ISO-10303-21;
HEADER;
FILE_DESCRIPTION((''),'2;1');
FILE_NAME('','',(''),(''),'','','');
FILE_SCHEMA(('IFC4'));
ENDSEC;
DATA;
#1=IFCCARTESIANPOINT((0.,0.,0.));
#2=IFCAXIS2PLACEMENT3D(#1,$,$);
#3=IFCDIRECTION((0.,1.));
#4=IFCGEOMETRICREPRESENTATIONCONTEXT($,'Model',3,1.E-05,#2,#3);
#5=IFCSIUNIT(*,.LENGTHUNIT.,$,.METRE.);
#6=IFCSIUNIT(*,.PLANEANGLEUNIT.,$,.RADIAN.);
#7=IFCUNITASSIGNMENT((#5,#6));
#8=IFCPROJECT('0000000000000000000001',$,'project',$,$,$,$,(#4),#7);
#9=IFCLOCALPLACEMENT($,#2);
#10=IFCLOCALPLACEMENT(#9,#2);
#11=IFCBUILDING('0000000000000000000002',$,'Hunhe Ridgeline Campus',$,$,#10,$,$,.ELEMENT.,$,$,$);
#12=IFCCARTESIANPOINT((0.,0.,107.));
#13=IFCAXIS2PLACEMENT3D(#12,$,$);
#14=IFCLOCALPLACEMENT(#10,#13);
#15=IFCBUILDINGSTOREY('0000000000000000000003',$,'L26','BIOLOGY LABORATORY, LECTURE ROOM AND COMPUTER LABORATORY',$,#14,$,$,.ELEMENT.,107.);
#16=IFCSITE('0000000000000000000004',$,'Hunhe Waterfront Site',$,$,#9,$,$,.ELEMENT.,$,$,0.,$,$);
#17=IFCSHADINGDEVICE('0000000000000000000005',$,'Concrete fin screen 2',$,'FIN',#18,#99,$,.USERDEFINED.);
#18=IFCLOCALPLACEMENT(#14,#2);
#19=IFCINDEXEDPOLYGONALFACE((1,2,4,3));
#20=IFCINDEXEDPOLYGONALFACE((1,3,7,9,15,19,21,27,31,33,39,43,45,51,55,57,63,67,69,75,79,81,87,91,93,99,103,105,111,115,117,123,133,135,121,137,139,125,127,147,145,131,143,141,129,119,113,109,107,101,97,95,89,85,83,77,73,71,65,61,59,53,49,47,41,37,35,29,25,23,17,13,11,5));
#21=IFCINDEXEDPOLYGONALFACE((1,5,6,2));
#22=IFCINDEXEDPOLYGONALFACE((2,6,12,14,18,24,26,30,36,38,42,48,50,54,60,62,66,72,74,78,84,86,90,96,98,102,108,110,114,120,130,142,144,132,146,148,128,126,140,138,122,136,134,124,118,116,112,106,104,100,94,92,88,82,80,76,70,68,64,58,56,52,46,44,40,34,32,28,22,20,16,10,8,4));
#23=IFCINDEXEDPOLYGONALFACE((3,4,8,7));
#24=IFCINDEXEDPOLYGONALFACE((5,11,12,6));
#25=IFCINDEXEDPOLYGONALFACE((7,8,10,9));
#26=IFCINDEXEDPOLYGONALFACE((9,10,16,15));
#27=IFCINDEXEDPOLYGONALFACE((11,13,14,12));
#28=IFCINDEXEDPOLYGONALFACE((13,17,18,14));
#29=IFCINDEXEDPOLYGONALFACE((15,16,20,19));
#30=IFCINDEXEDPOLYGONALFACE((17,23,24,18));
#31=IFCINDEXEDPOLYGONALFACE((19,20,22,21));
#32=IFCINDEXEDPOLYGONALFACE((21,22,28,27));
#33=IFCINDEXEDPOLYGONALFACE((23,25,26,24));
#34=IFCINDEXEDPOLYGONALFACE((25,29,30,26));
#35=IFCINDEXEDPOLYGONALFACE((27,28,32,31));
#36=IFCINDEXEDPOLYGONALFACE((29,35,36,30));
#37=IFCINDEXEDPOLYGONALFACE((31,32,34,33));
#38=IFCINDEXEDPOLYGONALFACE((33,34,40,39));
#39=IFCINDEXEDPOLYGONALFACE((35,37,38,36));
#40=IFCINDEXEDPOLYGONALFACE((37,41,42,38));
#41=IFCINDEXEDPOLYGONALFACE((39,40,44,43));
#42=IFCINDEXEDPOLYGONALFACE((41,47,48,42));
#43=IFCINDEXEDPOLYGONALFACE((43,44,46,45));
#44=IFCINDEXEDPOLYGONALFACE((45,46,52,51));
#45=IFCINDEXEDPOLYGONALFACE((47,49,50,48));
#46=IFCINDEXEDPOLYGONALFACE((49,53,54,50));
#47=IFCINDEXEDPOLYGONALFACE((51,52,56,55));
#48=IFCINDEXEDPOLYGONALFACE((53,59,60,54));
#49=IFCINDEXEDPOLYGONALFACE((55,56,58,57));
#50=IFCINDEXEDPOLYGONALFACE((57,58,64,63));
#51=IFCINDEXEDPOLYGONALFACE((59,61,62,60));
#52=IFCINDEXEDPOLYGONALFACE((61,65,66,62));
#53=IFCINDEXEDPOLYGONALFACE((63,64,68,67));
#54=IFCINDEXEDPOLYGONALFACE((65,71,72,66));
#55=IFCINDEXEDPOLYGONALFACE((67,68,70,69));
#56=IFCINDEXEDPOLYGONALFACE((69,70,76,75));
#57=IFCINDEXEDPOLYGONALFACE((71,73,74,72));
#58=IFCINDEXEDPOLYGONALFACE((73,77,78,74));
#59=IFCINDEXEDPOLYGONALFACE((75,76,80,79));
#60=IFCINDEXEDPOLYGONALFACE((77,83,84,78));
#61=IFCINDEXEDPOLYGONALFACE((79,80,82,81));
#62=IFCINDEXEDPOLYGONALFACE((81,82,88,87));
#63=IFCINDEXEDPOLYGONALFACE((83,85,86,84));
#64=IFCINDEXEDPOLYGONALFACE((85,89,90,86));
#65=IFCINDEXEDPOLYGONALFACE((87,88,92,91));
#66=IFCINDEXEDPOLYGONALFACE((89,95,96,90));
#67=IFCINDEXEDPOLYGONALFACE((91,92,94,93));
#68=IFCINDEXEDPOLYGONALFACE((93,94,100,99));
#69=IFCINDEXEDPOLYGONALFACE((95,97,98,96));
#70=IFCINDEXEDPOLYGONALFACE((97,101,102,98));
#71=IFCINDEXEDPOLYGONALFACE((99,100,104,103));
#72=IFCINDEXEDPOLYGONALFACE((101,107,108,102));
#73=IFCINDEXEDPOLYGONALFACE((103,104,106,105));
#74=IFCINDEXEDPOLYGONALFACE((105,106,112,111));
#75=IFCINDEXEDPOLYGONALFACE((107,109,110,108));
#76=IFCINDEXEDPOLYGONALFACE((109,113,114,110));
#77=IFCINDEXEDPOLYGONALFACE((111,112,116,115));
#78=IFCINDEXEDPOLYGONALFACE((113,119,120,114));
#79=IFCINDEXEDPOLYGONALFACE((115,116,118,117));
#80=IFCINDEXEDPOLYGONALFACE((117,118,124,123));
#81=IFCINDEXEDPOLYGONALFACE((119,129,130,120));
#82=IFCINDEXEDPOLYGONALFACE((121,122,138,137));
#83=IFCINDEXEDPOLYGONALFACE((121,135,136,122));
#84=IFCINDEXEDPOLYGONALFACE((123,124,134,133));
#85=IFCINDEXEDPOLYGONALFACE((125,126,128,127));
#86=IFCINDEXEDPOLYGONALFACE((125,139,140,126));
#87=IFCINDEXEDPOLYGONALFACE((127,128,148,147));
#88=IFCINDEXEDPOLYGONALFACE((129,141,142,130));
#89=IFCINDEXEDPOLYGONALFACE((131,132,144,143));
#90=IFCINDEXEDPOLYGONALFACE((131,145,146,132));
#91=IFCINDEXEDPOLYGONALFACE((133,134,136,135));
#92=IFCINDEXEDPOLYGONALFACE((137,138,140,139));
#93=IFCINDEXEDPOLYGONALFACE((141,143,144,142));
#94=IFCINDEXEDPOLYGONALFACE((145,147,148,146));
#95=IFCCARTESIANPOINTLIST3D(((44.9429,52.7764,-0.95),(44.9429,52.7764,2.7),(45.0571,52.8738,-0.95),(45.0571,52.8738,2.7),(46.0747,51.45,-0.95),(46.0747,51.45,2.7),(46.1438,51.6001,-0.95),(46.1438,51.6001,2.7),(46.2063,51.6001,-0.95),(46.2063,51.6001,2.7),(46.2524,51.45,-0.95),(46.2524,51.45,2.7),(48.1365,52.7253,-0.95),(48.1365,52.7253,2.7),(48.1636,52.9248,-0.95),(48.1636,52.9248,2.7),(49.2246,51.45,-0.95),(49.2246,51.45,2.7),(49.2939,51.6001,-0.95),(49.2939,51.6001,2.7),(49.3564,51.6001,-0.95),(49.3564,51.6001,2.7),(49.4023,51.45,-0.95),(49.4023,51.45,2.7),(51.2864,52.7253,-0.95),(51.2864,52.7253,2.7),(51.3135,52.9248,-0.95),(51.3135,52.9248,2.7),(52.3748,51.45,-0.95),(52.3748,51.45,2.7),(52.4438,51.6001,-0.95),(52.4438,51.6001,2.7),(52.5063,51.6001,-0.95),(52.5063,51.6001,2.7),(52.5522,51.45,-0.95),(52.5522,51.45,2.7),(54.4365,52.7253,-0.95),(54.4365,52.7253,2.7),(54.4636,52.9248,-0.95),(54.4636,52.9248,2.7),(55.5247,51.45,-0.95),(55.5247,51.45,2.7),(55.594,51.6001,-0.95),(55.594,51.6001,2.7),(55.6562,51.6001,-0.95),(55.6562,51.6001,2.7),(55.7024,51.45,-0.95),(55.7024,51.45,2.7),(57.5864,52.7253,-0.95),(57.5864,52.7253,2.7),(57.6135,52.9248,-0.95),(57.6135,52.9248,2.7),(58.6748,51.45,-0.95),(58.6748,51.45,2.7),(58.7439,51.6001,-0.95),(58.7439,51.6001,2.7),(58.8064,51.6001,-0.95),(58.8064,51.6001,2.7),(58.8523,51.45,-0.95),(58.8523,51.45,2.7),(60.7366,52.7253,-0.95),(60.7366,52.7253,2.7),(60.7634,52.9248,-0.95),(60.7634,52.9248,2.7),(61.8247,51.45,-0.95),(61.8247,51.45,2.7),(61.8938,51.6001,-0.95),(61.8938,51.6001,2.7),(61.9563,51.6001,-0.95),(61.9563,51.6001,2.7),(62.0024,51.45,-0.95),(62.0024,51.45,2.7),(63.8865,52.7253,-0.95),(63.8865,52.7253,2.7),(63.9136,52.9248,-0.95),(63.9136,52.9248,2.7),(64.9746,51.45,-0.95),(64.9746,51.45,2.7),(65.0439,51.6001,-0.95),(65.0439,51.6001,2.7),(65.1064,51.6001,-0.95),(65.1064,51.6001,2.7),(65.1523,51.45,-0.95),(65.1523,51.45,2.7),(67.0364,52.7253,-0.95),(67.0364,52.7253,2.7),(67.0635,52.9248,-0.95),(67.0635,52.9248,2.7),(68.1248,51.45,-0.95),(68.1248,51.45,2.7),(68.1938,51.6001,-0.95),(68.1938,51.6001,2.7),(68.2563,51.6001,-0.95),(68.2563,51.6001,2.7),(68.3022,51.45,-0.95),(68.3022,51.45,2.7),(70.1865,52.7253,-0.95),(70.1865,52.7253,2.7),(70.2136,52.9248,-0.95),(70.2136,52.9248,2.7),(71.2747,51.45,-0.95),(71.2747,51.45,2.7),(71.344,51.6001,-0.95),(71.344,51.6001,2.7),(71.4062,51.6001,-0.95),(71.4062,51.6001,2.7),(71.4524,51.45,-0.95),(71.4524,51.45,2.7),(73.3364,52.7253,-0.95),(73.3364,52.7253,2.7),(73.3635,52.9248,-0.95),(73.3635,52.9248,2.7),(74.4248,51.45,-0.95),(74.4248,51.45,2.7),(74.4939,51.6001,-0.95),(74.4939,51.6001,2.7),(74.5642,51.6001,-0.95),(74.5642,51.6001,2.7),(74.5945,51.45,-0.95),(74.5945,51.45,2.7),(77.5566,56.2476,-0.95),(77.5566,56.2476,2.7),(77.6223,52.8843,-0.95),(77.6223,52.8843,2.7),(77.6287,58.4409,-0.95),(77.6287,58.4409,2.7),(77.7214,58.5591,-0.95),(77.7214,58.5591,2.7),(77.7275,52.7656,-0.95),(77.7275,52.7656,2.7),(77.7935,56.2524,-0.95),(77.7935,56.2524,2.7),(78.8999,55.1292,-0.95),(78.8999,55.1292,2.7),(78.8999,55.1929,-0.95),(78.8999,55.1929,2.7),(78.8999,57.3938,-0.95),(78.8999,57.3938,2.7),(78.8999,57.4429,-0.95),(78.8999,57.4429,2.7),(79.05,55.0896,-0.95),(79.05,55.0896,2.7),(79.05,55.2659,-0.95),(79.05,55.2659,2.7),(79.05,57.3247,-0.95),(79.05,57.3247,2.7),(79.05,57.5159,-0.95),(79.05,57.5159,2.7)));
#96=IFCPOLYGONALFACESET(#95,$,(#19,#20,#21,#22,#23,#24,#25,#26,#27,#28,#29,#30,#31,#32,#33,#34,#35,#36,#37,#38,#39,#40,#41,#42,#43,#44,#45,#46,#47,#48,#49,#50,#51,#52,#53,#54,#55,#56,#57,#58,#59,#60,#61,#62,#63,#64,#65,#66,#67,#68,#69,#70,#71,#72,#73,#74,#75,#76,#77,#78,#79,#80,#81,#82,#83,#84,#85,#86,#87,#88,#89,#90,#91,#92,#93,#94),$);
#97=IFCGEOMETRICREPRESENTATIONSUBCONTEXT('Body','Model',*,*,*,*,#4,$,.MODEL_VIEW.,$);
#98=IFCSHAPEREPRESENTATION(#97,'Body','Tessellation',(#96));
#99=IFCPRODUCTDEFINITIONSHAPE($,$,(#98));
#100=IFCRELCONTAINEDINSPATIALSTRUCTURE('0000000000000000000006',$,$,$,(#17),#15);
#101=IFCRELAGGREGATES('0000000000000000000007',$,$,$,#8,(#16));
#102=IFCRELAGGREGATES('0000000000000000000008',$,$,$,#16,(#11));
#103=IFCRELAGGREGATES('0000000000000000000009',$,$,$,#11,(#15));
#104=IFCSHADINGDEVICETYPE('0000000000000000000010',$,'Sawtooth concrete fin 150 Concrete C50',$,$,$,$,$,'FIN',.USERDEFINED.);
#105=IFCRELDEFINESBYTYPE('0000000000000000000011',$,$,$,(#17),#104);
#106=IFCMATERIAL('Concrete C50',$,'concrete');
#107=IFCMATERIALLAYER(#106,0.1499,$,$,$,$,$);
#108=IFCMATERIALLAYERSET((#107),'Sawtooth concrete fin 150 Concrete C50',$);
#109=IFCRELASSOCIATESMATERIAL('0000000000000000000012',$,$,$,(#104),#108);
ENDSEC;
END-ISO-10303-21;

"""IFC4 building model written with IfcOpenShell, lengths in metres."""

from ifc_helpers import new_model, si_unit, direction, frame, origin, place, context, subcontext, project, spatial, polyline, outline, extrude, material, layer, layer_set, type_object, element, save


model = new_model("IFC4")

# Units and contexts
model_context = context("Model", 3, precision=1e-05, world=origin(), true_north=direction((0.0, 1.0)))
body_context = subcontext(model_context, "Body", "Model", "MODEL_VIEW")
ifc_project = project(units=[si_unit("LENGTHUNIT", "METRE"), si_unit("PLANEANGLEUNIT", "RADIAN")], contexts=[model_context])

# Site, building, storey
site_placement = place(None, origin())
site = spatial("IfcSite", under=ifc_project, at=site_placement, Name="Hunhe Waterfront Site", CompositionType="ELEMENT", RefElevation=0.0)
building_placement = place(site_placement, origin())
building = spatial("IfcBuilding", under=site, at=building_placement, Name="Hunhe Ridgeline Campus", CompositionType="ELEMENT")
storey_placement = place(building_placement, frame((0.0, 0.0, 107.0)))
storey = spatial("IfcBuildingStorey", under=building, at=storey_placement, Name="L26", Description="BIOLOGY LABORATORY, LECTURE ROOM AND COMPUTER LABORATORY", CompositionType="ELEMENT", Elevation=107.0)

# Shading device
ifc_material_1 = material(Name="Concrete C50", Category="concrete")
ifc_layer_1 = layer(ifc_material_1, 0.1499)
ifc_layer_set_1 = layer_set([ifc_layer_1], Name="Sawtooth concrete fin 150 Concrete C50")
shading_device_type = type_object("IfcShadingDeviceType", Name="Sawtooth concrete fin 150 Concrete C50", ElementType="FIN", PredefinedType="USERDEFINED", material=ifc_layer_set_1)
shading_device_1_placement = place(storey_placement, frame((0.0, 0.0, -0.95)))
element("IfcShadingDevice", 1, at=shading_device_1_placement, inside=storey, type_object=shading_device_type, Name="Concrete fin screen 2", ObjectType="FIN", PredefinedType="USERDEFINED", context=body_context, shape_type="SweptSolid", body=[
    extrude(outline(polyline([(45.0571, 52.8738), (44.9429, 52.7764), (46.0747, 51.45), (46.2524, 51.45), (48.1365, 52.7253), (49.2246, 51.45), (49.4023, 51.45), (51.2864, 52.7253), (52.3748, 51.45), (52.5522, 51.45), (54.4365, 52.7253), (55.5247, 51.45), (55.7024, 51.45), (57.5864, 52.7253), (58.6748, 51.45), (58.8523, 51.45), (60.7366, 52.7253), (61.8247, 51.45), (62.0024, 51.45), (63.8865, 52.7253), (64.9746, 51.45), (65.1523, 51.45), (67.0364, 52.7253), (68.1248, 51.45), (68.3022, 51.45), (70.1865, 52.7253), (71.2747, 51.45), (71.4524, 51.45), (73.3364, 52.7253), (74.4248, 51.45), (74.5945, 51.45), (77.7275, 52.7656), (79.05, 55.0896), (79.05, 55.2659), (77.7935, 56.2524), (79.05, 57.3247), (79.05, 57.5159), (77.7214, 58.5591), (77.6287, 58.4409), (78.8999, 57.4429), (78.8999, 57.3938), (77.5566, 56.2476), (78.8999, 55.1929), (78.8999, 55.1292), (77.6223, 52.8843), (74.5642, 51.6001), (74.4939, 51.6001), (73.3635, 52.9248), (71.4062, 51.6001), (71.344, 51.6001), (70.2136, 52.9248), (68.2563, 51.6001), (68.1938, 51.6001), (67.0635, 52.9248), (65.1064, 51.6001), (65.0439, 51.6001), (63.9136, 52.9248), (61.9563, 51.6001), (61.8938, 51.6001), (60.7634, 52.9248), (58.8064, 51.6001), (58.7439, 51.6001), (57.6135, 52.9248), (55.6562, 51.6001), (55.594, 51.6001), (54.4636, 52.9248), (52.5063, 51.6001), (52.4438, 51.6001), (51.3135, 52.9248), (49.3564, 51.6001), (49.2939, 51.6001), (48.1636, 52.9248), (46.2063, 51.6001), (46.1438, 51.6001), (45.0571, 52.8738)])), origin(), (0.0, 0.0, 1.0), 3.6499),
])

save(model, "model.ifc")
